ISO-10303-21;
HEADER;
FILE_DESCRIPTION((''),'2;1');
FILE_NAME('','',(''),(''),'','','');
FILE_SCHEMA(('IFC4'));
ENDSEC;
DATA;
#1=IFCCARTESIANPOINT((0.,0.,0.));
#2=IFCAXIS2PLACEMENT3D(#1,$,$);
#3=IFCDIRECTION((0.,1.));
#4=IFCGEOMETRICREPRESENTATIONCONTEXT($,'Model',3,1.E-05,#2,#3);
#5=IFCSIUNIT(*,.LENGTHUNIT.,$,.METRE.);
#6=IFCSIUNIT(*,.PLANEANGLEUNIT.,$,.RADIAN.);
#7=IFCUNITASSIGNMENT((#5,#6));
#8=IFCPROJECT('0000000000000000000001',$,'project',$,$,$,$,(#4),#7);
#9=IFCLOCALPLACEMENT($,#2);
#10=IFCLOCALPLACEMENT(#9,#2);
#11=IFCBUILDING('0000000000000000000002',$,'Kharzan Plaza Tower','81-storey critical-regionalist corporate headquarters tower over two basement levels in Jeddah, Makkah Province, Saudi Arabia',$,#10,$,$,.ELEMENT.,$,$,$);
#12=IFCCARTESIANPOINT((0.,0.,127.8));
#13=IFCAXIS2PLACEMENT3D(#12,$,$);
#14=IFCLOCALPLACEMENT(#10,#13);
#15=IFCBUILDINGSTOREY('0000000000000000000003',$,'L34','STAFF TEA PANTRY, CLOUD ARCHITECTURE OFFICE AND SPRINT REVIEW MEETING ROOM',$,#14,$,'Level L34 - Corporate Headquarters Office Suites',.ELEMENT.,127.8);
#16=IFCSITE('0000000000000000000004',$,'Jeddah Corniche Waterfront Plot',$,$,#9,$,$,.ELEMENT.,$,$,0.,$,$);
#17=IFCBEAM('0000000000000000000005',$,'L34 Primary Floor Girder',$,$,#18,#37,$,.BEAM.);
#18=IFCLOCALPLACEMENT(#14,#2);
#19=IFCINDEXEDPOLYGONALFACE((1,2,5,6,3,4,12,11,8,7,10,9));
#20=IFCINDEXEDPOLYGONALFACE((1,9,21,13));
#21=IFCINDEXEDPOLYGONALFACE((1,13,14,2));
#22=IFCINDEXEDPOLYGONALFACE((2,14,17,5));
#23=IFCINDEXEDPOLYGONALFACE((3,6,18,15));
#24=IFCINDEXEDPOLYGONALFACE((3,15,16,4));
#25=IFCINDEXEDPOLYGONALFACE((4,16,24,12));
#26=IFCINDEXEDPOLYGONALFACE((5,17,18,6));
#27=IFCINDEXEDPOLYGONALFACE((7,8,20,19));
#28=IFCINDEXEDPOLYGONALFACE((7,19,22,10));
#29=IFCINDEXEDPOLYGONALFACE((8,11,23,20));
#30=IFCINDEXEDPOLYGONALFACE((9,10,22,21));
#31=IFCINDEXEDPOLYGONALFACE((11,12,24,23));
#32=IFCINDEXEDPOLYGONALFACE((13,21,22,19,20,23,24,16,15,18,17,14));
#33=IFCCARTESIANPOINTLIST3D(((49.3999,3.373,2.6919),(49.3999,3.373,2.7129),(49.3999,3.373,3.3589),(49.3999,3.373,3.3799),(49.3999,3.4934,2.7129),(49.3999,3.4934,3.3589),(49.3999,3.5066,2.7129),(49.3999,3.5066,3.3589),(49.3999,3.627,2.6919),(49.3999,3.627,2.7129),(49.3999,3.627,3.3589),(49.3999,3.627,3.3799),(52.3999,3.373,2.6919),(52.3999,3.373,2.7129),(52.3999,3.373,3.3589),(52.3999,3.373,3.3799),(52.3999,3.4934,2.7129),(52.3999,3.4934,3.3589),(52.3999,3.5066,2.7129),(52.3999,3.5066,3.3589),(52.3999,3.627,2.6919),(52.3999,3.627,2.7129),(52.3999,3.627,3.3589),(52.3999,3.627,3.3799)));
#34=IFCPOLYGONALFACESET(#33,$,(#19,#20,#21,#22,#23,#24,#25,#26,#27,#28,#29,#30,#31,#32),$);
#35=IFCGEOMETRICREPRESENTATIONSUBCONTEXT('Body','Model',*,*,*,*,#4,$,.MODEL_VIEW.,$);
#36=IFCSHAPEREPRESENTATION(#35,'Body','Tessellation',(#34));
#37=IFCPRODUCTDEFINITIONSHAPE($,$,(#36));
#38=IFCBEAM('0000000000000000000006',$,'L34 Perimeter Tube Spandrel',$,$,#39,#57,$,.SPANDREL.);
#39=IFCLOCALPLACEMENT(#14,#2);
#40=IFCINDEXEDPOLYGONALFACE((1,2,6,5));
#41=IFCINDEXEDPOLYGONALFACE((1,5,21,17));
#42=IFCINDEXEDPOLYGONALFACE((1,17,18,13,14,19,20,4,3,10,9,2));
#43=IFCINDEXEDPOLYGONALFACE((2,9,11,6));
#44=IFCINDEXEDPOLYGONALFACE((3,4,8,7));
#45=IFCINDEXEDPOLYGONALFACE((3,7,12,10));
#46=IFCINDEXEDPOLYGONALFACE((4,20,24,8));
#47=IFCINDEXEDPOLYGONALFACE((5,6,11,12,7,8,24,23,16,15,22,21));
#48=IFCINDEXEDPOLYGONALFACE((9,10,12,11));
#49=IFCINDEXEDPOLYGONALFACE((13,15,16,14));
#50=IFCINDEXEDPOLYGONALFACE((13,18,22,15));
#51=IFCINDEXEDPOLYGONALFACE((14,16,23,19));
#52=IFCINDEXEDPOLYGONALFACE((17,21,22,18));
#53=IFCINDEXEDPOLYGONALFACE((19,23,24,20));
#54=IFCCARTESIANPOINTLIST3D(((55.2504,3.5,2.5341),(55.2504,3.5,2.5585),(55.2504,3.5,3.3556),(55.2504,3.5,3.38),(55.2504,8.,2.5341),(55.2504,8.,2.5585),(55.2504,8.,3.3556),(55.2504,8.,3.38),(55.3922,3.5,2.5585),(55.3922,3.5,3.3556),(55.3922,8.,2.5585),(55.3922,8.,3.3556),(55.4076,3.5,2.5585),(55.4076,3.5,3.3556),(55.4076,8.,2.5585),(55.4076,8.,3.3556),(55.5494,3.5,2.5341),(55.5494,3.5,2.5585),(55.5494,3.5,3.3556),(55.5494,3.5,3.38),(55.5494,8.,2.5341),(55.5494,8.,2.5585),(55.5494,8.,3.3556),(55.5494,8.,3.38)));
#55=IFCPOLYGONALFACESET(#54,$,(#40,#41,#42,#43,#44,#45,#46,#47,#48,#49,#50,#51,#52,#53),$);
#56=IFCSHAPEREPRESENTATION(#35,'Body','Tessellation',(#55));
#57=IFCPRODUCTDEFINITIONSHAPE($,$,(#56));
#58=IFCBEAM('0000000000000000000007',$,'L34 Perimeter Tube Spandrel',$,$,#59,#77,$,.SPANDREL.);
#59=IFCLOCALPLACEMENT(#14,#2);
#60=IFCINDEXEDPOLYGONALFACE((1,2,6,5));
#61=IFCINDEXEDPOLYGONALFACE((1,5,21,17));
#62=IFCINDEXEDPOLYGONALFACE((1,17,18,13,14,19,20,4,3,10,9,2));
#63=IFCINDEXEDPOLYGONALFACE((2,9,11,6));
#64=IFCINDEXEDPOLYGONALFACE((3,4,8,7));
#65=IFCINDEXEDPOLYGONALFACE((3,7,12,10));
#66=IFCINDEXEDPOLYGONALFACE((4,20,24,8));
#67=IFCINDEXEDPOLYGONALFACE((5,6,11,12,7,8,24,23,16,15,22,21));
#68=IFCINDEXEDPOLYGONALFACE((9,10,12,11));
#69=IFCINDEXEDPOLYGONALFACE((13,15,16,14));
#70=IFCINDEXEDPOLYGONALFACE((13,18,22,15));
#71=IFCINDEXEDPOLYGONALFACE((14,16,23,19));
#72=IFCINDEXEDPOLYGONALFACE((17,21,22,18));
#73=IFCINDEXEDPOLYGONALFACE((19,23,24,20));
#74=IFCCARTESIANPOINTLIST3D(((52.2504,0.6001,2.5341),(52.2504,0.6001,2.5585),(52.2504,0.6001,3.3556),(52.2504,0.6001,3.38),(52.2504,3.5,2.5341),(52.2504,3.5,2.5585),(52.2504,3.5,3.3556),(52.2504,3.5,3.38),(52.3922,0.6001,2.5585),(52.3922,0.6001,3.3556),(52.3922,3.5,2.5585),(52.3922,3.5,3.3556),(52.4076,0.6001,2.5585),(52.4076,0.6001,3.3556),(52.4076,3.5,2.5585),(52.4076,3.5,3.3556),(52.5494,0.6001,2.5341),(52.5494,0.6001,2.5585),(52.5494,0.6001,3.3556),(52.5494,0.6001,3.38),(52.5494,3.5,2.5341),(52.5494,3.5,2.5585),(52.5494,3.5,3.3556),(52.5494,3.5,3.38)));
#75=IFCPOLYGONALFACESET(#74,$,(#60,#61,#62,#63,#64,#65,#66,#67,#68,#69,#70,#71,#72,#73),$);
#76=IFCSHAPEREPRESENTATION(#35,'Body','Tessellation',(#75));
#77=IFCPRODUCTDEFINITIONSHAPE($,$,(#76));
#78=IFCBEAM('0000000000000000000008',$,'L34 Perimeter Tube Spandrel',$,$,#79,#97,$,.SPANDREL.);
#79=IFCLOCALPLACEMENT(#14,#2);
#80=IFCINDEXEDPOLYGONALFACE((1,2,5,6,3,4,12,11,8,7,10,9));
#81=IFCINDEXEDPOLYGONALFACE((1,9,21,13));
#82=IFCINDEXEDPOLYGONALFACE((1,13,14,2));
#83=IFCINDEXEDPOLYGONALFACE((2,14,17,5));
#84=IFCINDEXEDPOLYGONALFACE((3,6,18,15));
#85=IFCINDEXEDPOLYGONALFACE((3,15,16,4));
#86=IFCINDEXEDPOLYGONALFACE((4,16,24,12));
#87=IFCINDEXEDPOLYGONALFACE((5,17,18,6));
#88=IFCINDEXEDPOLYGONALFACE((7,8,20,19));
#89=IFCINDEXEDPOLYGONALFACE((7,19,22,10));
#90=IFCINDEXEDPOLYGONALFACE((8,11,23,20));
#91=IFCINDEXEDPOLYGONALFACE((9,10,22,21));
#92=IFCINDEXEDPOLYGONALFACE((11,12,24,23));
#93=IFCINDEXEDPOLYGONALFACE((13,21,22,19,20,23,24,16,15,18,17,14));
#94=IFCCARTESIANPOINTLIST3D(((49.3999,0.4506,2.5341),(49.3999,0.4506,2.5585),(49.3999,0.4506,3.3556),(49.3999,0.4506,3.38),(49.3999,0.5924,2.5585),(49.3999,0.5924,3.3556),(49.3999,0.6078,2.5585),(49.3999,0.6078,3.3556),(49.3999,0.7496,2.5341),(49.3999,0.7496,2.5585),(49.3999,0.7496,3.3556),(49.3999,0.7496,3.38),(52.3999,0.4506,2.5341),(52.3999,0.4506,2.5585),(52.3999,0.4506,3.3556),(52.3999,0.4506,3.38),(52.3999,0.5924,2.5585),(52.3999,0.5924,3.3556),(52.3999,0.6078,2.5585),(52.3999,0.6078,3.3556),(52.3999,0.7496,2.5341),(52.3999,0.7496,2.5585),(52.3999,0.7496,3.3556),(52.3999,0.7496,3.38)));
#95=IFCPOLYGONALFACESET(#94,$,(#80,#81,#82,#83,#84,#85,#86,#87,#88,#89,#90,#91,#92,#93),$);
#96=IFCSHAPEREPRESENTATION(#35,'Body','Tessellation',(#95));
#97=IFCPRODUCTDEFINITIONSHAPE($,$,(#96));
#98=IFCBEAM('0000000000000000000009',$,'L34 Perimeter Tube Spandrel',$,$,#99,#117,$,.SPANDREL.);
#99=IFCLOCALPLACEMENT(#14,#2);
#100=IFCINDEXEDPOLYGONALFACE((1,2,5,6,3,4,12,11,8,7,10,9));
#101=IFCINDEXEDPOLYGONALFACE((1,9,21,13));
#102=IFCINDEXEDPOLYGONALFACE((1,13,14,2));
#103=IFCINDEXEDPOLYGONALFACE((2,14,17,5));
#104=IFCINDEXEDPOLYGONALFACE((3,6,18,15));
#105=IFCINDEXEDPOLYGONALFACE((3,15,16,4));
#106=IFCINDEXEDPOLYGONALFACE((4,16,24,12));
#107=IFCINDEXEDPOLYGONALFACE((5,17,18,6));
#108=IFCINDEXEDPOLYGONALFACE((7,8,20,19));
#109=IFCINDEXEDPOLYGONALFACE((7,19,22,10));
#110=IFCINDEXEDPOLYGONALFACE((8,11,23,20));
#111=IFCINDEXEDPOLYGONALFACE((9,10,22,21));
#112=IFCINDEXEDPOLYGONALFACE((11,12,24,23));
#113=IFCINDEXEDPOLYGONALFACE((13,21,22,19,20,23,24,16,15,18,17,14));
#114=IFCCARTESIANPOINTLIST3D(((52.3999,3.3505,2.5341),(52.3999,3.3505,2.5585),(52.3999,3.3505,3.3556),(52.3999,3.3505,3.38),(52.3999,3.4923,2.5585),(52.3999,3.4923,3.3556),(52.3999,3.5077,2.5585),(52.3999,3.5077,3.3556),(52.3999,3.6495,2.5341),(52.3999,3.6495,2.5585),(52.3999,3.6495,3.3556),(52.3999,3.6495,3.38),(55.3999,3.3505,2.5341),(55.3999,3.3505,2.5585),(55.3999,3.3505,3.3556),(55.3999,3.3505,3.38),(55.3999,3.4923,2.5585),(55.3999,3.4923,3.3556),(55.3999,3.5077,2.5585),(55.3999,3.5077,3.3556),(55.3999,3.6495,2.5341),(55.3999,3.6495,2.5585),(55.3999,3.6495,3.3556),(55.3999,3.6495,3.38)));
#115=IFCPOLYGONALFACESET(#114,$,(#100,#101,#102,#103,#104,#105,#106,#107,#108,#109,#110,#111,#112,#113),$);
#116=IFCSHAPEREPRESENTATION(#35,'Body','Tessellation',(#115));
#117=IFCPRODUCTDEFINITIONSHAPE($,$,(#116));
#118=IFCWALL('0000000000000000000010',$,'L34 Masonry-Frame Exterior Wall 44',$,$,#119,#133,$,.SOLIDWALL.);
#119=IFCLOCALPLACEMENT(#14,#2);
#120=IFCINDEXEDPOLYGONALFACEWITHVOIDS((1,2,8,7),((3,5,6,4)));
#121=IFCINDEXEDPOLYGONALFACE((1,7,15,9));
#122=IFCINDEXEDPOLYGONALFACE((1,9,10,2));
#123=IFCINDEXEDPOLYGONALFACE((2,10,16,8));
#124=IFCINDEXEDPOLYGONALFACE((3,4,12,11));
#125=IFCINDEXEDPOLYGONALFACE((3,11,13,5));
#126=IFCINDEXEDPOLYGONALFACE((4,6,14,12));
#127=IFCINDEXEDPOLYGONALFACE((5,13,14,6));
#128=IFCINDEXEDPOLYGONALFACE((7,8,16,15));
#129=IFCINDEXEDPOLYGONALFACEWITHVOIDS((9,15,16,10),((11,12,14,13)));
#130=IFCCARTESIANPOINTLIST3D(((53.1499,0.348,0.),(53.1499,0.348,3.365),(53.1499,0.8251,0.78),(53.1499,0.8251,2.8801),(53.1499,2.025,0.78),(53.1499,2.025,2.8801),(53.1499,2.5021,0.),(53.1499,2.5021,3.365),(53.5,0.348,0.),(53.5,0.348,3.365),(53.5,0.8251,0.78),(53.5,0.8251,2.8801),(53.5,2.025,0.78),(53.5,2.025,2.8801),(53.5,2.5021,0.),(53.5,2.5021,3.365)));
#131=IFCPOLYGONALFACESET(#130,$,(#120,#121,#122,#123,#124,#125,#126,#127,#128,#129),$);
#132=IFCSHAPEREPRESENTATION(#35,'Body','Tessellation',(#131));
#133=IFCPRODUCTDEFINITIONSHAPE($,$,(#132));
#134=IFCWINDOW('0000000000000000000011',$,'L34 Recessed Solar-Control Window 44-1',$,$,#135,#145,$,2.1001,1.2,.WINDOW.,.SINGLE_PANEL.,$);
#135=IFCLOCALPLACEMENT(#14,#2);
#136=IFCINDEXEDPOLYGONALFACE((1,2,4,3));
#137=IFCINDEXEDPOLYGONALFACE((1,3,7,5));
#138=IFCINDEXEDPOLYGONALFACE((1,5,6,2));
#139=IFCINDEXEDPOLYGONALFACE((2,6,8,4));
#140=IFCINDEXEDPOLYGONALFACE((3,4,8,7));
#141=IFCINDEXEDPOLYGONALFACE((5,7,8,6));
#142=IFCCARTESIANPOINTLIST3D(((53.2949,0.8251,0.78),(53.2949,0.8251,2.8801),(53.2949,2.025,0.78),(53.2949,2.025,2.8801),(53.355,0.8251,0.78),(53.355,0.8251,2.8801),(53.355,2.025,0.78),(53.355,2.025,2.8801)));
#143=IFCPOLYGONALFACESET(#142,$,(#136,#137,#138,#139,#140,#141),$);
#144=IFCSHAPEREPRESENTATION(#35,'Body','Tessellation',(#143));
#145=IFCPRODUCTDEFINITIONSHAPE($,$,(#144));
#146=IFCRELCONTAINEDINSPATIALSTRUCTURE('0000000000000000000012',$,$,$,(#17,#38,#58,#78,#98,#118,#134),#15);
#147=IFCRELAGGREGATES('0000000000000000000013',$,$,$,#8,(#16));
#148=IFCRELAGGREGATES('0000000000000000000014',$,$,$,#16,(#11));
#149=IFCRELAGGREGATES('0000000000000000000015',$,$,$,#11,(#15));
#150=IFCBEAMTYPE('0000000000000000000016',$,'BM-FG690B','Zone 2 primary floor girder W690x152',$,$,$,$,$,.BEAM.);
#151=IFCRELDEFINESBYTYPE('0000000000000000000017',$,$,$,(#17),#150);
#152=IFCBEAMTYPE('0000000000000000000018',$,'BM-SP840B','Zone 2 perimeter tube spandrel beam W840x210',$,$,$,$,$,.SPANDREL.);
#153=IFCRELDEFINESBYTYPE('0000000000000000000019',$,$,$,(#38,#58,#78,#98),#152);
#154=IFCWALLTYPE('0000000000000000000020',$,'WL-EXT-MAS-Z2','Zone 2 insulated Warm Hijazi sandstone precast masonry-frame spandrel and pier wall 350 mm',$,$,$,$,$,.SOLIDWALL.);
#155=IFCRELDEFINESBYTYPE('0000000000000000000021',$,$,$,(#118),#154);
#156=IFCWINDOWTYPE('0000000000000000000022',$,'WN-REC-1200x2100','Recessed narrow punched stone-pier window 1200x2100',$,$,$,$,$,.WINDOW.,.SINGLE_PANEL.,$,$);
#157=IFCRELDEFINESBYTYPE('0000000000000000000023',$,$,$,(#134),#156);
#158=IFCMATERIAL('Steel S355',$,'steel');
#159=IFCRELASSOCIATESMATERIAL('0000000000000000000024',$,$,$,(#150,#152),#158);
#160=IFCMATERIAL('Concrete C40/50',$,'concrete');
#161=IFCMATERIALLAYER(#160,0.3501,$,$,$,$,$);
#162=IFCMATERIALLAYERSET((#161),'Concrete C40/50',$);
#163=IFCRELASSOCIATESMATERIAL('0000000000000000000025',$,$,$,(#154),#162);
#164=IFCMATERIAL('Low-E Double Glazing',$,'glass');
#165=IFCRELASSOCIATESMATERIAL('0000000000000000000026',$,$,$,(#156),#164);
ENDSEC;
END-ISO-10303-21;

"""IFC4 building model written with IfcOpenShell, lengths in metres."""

from ifc_helpers import new_model, si_unit, direction, frame, frame_2d, origin, origin_2d, place, context, subcontext, project, spatial, rectangle, i_section, extrude, source, transform, mapped, material, layer, layer_set, material_profile, profile_set, type_object, element, fill, save


model = new_model("IFC4")

# Units and contexts
model_context = context("Model", 3, precision=1e-05, world=origin(), true_north=direction((0.0, 1.0)))
body_context = subcontext(model_context, "Body", "Model", "MODEL_VIEW")
ifc_project = project(units=[si_unit("LENGTHUNIT", "METRE"), si_unit("PLANEANGLEUNIT", "RADIAN")], contexts=[model_context])

# Site, building, storey
site_placement = place(None, origin())
site = spatial("IfcSite", under=ifc_project, at=site_placement, Name="Jeddah Corniche Waterfront Plot", CompositionType="ELEMENT", RefElevation=0.0)
building_placement = place(site_placement, origin())
building = spatial("IfcBuilding", under=site, at=building_placement, Name="Kharzan Plaza Tower", Description="81-storey critical-regionalist corporate headquarters tower over two basement levels in Jeddah, Makkah Province, Saudi Arabia", CompositionType="ELEMENT")
storey_placement = place(building_placement, frame((0.0, 0.0, 127.8)))
storey = spatial("IfcBuildingStorey", under=building, at=storey_placement, Name="L34", Description="STAFF TEA PANTRY, CLOUD ARCHITECTURE OFFICE AND SPRINT REVIEW MEETING ROOM", LongName="Level L34 - Corporate Headquarters Office Suites", CompositionType="ELEMENT", Elevation=127.8)

# Beams
ifc_material_1 = material(Name="Steel S355", Category="steel")
ifc_material_profile_1 = material_profile(ifc_material_1, i_section(OverallWidth=0.2539, OverallDepth=0.688, WebThickness=0.0132, FlangeThickness=0.021, at=origin_2d()), Name="W690x152")
ifc_profile_set_1 = profile_set([ifc_material_profile_1], Name="Steel S355")
beam_type_1 = type_object("IfcBeamType", Name="BM-FG690B", Description="Zone 2 primary floor girder W690x152", PredefinedType="BEAM", material=ifc_profile_set_1)
shared_shape_1 = source(origin(), body_context, "Body", "SweptSolid", [
    extrude(i_section(OverallWidth=0.2539, OverallDepth=0.688, WebThickness=0.0132, FlangeThickness=0.021, at=origin_2d()), origin(), (0.0, 0.0, 1.0), 3.0),
])
beam_1_placement = place(storey_placement, frame((49.3999, 3.5, 3.0359), z_axis=(1.0, 0.0, 0.0), x_axis=(0.0, 1.0, 0.0)))
element("IfcBeam", 1, at=beam_1_placement, inside=storey, type_object=beam_type_1, Name="L34 Primary Floor Girder", PredefinedType="BEAM", context=body_context, shape_type="MappedRepresentation", body=[
    mapped(shared_shape_1, transform((0.0, 0.0, 0.0), x_axis=(1.0, 0.0, 0.0), y_axis=(0.0, 1.0, 0.0), z_axis=(0.0, 0.0, 1.0))),
])
ifc_material_profile_2 = material_profile(ifc_material_1, i_section(OverallWidth=0.2991, OverallDepth=0.8459, WebThickness=0.0154, FlangeThickness=0.0244, at=origin_2d()), Name="W840x210")
ifc_profile_set_2 = profile_set([ifc_material_profile_2], Name="Steel S355")
beam_type_2 = type_object("IfcBeamType", Name="BM-SP840B", Description="Zone 2 perimeter tube spandrel beam W840x210", PredefinedType="SPANDREL", material=ifc_profile_set_2)
shared_shape_2 = source(origin(), body_context, "Body", "SweptSolid", [
    extrude(i_section(OverallWidth=0.2991, OverallDepth=0.8459, WebThickness=0.0154, FlangeThickness=0.0244, at=origin_2d()), origin(), (0.0, 0.0, 1.0), 4.5),
])
beam_2_placement = place(storey_placement, frame((55.3999, 3.5, 2.957), z_axis=(0.0, 1.0, 0.0), x_axis=(-1.0, 0.0, 0.0)))
element("IfcBeam", 2, at=beam_2_placement, inside=storey, type_object=beam_type_2, Name="L34 Perimeter Tube Spandrel", PredefinedType="SPANDREL", context=body_context, shape_type="MappedRepresentation", body=[
    mapped(shared_shape_2, transform((0.0, 0.0, 0.0), x_axis=(1.0, 0.0, 0.0), y_axis=(0.0, 1.0, 0.0), z_axis=(0.0, 0.0, 1.0))),
])
shared_shape_3 = source(origin(), body_context, "Body", "SweptSolid", [
    extrude(i_section(OverallWidth=0.2991, OverallDepth=0.8459, WebThickness=0.0154, FlangeThickness=0.0244, at=origin_2d()), origin(), (0.0, 0.0, 1.0), 2.8999),
])
beam_3_placement = place(storey_placement, frame((52.3999, 0.6001, 2.957), z_axis=(0.0, 1.0, 0.0), x_axis=(-1.0, 0.0, 0.0)))
element("IfcBeam", 3, at=beam_3_placement, inside=storey, type_object=beam_type_2, Name="L34 Perimeter Tube Spandrel", PredefinedType="SPANDREL", context=body_context, shape_type="MappedRepresentation", body=[
    mapped(shared_shape_3, transform((0.0, 0.0, 0.0), x_axis=(1.0, 0.0, 0.0), y_axis=(0.0, 1.0, 0.0), z_axis=(0.0, 0.0, 1.0))),
])
shared_shape_4 = source(origin(), body_context, "Body", "SweptSolid", [
    extrude(i_section(OverallWidth=0.2991, OverallDepth=0.8459, WebThickness=0.0154, FlangeThickness=0.0244, at=origin_2d()), origin(), (0.0, 0.0, 1.0), 3.0),
])
for number, where, z_axis, x_axis, name in (
    (4, (49.3999, 0.6001, 2.957), (1.0, 0.0, 0.0), (0.0, 1.0, 0.0), "L34 Perimeter Tube Spandrel"),
    (5, (52.3999, 3.5, 2.957), (1.0, 0.0, 0.0), (0.0, 1.0, 0.0), "L34 Perimeter Tube Spandrel"),
):
    element("IfcBeam", number, at=place(storey_placement, frame(where, z_axis=z_axis, x_axis=x_axis)), inside=storey, type_object=beam_type_2, Name=name, PredefinedType="SPANDREL", context=body_context, shape_type="MappedRepresentation", body=[
        mapped(shared_shape_4, transform((0.0, 0.0, 0.0), x_axis=(1.0, 0.0, 0.0), y_axis=(0.0, 1.0, 0.0), z_axis=(0.0, 0.0, 1.0))),
    ])

# Wall, opening, window
ifc_material_2 = material(Name="Concrete C40/50", Category="concrete")
ifc_layer_1 = layer(ifc_material_2, 0.3501)
ifc_layer_set_1 = layer_set([ifc_layer_1], Name="Concrete C40/50")
wall_type_1 = type_object("IfcWallType", Name="WL-EXT-MAS-Z2", Description="Zone 2 insulated Warm Hijazi sandstone precast masonry-frame spandrel and pier wall 350 mm", PredefinedType="SOLIDWALL", material=ifc_layer_set_1)
wall_1_placement = place(storey_placement, frame((53.325, 0.3479, 0.0), z_axis=(0.0, 0.0, 1.0), x_axis=(0.0, 1.0, 0.0)))
wall_1 = element("IfcWall", 6, at=wall_1_placement, inside=storey, type_object=wall_type_1, Name="L34 Masonry-Frame Exterior Wall 44", PredefinedType="SOLIDWALL", context=body_context, shape_type="SweptSolid", body=[
    extrude(rectangle(XDim=2.1541, YDim=0.3501, at=frame_2d((1.0771, 0.0))), origin(), (0.0, 0.0, 1.0), 3.365),
])
opening_1_placement = place(wall_1_placement, frame((0.4771, 0.0, 0.78)))
opening_1 = element("IfcOpeningElement", 7, at=opening_1_placement, cuts=wall_1, PredefinedType="OPENING", context=body_context, shape_type="SweptSolid", body=[
    extrude(rectangle(XDim=1.2, YDim=2.1001, at=frame_2d((0.6001, 1.05))), frame((0.0, 0.1851, 0.0), z_axis=(0.0, -1.0, 0.0), x_axis=(1.0, 0.0, 0.0)), (0.0, 0.0, 1.0), 0.3701),
])
ifc_material_3 = material(Name="Low-E Double Glazing", Category="glass")
window_type_1 = type_object("IfcWindowType", Name="WN-REC-1200x2100", Description="Recessed narrow punched stone-pier window 1200x2100", PartitioningType="SINGLE_PANEL", PredefinedType="WINDOW", material=ifc_material_3)
shared_shape_5 = source(origin(), body_context, "Body", "SweptSolid", [
    extrude(rectangle(XDim=1.2, YDim=2.1001, at=frame_2d((0.6001, 1.05))), frame((0.0, 0.03, 0.0), z_axis=(0.0, -1.0, 0.0), x_axis=(1.0, 0.0, 0.0)), (0.0, 0.0, 1.0), 0.0601),
])
window_1_placement = place(opening_1_placement, origin())
window_1 = element("IfcWindow", 8, at=window_1_placement, inside=storey, type_object=window_type_1, Name="L34 Recessed Solar-Control Window 44-1", OverallHeight=2.1001, OverallWidth=1.2, PartitioningType="SINGLE_PANEL", PredefinedType="WINDOW", context=body_context, shape_type="MappedRepresentation", body=[
    mapped(shared_shape_5, transform((0.0, 0.0, 0.0), x_axis=(1.0, 0.0, 0.0), y_axis=(0.0, 1.0, 0.0), z_axis=(0.0, 0.0, 1.0))),
])
fill(opening_1, window_1)

save(model, "model.ifc")
